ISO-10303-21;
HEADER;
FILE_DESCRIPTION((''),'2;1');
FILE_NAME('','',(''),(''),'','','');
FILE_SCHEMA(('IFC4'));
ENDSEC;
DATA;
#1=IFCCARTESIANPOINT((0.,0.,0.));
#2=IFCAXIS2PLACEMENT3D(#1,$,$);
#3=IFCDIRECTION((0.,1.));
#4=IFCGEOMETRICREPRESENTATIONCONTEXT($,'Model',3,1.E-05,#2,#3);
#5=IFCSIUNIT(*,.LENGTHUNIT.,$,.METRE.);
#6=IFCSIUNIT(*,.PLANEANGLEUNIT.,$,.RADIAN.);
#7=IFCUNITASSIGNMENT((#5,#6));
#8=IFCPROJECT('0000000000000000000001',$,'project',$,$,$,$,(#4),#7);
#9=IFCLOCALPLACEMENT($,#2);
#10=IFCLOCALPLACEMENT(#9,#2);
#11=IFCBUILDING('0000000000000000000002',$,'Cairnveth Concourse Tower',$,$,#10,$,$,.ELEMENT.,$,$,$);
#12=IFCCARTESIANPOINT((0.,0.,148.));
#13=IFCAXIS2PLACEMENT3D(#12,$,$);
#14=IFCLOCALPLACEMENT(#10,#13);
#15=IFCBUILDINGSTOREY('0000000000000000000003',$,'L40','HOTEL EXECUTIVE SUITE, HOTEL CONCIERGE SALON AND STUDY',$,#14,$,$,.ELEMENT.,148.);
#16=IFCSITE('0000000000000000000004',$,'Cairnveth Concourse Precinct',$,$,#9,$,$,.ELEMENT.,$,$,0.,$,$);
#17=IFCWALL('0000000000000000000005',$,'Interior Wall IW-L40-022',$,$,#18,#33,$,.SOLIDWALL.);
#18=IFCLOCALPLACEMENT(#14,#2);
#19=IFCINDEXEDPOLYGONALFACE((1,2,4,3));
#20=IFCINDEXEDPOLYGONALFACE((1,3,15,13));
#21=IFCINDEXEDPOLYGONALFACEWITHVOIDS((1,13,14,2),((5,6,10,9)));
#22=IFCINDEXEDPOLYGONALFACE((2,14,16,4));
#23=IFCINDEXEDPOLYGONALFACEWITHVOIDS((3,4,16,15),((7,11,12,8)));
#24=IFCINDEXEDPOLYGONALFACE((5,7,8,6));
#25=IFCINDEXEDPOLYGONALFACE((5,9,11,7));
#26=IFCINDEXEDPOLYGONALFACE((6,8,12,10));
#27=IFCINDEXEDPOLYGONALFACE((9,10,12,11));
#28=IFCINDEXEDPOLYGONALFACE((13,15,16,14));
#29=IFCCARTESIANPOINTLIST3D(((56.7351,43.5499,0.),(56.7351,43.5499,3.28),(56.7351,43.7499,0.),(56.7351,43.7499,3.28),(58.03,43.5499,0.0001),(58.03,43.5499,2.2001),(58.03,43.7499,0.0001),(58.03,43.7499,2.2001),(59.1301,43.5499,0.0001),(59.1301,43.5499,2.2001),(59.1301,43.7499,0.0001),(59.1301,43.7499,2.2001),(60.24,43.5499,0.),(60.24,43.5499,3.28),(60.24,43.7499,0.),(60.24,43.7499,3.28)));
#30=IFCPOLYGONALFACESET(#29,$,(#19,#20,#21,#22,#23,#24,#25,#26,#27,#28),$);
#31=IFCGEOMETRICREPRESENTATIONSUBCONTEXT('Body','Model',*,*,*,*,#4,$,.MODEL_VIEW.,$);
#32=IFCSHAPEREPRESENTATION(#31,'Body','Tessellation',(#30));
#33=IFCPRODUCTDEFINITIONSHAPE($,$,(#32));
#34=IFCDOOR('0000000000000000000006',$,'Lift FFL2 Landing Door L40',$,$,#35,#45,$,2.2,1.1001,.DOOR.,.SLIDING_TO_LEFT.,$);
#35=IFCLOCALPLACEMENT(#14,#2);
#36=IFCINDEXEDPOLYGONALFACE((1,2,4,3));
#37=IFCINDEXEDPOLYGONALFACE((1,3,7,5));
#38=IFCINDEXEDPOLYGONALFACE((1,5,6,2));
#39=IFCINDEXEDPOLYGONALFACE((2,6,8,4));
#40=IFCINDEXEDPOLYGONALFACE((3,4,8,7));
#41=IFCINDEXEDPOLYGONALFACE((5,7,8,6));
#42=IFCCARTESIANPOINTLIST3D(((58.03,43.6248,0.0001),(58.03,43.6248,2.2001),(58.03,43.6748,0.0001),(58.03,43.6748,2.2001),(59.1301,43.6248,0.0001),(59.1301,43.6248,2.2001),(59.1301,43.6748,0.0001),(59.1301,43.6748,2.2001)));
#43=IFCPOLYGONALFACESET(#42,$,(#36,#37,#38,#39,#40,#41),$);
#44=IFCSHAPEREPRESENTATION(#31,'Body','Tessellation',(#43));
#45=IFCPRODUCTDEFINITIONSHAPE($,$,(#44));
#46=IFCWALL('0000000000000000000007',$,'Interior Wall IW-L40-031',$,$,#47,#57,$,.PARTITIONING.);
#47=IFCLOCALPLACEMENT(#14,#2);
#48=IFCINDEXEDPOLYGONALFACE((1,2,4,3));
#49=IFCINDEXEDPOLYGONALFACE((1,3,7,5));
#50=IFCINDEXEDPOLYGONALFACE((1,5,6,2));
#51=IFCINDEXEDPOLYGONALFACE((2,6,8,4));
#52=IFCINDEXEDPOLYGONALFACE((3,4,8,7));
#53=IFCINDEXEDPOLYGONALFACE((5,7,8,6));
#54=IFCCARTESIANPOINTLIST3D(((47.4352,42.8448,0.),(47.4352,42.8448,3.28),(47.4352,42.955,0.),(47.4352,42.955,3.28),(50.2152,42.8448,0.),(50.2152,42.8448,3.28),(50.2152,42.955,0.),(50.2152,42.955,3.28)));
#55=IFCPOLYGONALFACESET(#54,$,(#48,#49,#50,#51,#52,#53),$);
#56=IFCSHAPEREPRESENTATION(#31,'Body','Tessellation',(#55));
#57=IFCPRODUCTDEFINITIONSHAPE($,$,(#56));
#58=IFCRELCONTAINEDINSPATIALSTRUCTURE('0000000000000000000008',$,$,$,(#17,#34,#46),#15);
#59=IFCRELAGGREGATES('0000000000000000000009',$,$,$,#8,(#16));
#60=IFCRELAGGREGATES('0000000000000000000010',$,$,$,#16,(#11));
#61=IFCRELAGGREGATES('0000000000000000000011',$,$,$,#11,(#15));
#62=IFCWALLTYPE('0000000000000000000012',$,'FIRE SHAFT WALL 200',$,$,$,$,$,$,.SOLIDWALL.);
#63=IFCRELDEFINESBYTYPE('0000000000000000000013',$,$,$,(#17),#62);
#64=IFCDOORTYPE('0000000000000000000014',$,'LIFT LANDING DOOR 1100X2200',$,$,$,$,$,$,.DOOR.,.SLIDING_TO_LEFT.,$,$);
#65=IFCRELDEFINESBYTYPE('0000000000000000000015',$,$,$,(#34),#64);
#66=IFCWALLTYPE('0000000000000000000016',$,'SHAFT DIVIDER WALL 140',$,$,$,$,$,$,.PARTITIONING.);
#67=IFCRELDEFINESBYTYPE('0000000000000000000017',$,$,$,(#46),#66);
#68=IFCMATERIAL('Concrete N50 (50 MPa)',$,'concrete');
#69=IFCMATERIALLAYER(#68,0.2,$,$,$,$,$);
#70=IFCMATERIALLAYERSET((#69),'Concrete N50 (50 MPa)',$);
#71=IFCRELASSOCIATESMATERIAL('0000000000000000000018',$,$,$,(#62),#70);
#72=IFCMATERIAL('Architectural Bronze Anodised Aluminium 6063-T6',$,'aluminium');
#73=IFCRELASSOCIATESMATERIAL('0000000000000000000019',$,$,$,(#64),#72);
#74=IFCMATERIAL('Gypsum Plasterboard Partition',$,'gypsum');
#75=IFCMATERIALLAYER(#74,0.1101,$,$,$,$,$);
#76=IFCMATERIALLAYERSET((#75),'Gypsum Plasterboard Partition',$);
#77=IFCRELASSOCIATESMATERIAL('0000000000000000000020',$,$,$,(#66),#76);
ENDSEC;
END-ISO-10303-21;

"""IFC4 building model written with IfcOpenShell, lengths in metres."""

from ifc_helpers import new_model, si_unit, direction, frame, frame_2d, origin, place, context, subcontext, project, spatial, rectangle, extrude, material, layer, layer_set, type_object, element, fill, save


model = new_model("IFC4")

# Units and contexts
model_context = context("Model", 3, precision=1e-05, world=origin(), true_north=direction((0.0, 1.0)))
body_context = subcontext(model_context, "Body", "Model", "MODEL_VIEW")
ifc_project = project(units=[si_unit("LENGTHUNIT", "METRE"), si_unit("PLANEANGLEUNIT", "RADIAN")], contexts=[model_context])

# Site, building, storey
site_placement = place(None, origin())
site = spatial("IfcSite", under=ifc_project, at=site_placement, Name="Cairnveth Concourse Precinct", CompositionType="ELEMENT", RefElevation=0.0)
building_placement = place(site_placement, origin())
building = spatial("IfcBuilding", under=site, at=building_placement, Name="Cairnveth Concourse Tower", CompositionType="ELEMENT")
storey_placement = place(building_placement, frame((0.0, 0.0, 148.0)))
storey = spatial("IfcBuildingStorey", under=building, at=storey_placement, Name="L40", Description="HOTEL EXECUTIVE SUITE, HOTEL CONCIERGE SALON AND STUDY", CompositionType="ELEMENT", Elevation=148.0)

# Shared definitions
ifc_material_1 = material(Name="Concrete N50 (50 MPa)", Category="concrete")

# Shared definitions
ifc_layer_1 = layer(ifc_material_1, 0.2)
ifc_layer_set_1 = layer_set([ifc_layer_1], Name="Concrete N50 (50 MPa)")
wall_type_1 = type_object("IfcWallType", Name="FIRE SHAFT WALL 200", PredefinedType="SOLIDWALL", material=ifc_layer_set_1)

# Wall, opening, door
wall_1_placement = place(storey_placement, frame((56.7351, 43.6499, 0.0), z_axis=(0.0, 0.0, 1.0), x_axis=(1.0, 0.0, 0.0)))
wall_1 = element("IfcWall", 1, at=wall_1_placement, inside=storey, type_object=wall_type_1, Name="Interior Wall IW-L40-022", PredefinedType="SOLIDWALL", context=body_context, shape_type="SweptSolid", body=[
    extrude(rectangle(XDim=3.5049, YDim=0.2, at=frame_2d((1.7524, 0.0))), origin(), (0.0, 0.0, 1.0), 3.28),
])
opening_1_placement = place(wall_1_placement, frame((1.2949, 0.0, 0.0)))
opening_1 = element("IfcOpeningElement", 2, at=opening_1_placement, cuts=wall_1, PredefinedType="OPENING", context=body_context, shape_type="SweptSolid", body=[
    extrude(rectangle(XDim=1.1001, YDim=2.2, at=frame_2d((0.55, 1.1001))), frame((0.0, 0.1099, 0.0), z_axis=(0.0, -1.0, 0.0), x_axis=(1.0, 0.0, 0.0)), (0.0, 0.0, 1.0), 0.22),
])
ifc_material_2 = material(Name="Architectural Bronze Anodised Aluminium 6063-T6", Category="aluminium")
door_type_1 = type_object("IfcDoorType", Name="LIFT LANDING DOOR 1100X2200", OperationType="SLIDING_TO_LEFT", PredefinedType="DOOR", material=ifc_material_2)
door_1_placement = place(opening_1_placement, origin())
door_1 = element("IfcDoor", 3, at=door_1_placement, inside=storey, type_object=door_type_1, Name="Lift FFL2 Landing Door L40", OperationType="SLIDING_TO_LEFT", OverallHeight=2.2, OverallWidth=1.1001, PredefinedType="DOOR", context=body_context, shape_type="SweptSolid", body=[
    extrude(rectangle(XDim=1.1001, YDim=2.2, at=frame_2d((0.55, 1.1001))), frame((0.0, 0.0249, 0.0), z_axis=(0.0, -1.0, 0.0), x_axis=(1.0, 0.0, 0.0)), (0.0, 0.0, 1.0), 0.05),
])
fill(opening_1, door_1)

# Wall
ifc_material_3 = material(Name="Gypsum Plasterboard Partition", Category="gypsum")
ifc_layer_2 = layer(ifc_material_3, 0.1101)
ifc_layer_set_2 = layer_set([ifc_layer_2], Name="Gypsum Plasterboard Partition")
wall_type_2 = type_object("IfcWallType", Name="SHAFT DIVIDER WALL 140", PredefinedType="PARTITIONING", material=ifc_layer_set_2)
wall_2_placement = place(storey_placement, frame((47.4351, 42.8999, 0.0), z_axis=(0.0, 0.0, 1.0), x_axis=(1.0, 0.0, 0.0)))
element("IfcWall", 4, at=wall_2_placement, inside=storey, type_object=wall_type_2, Name="Interior Wall IW-L40-031", PredefinedType="PARTITIONING", context=body_context, shape_type="SweptSolid", body=[
    extrude(rectangle(XDim=2.78, YDim=0.1101, at=frame_2d((1.3901, 0.0))), origin(), (0.0, 0.0, 1.0), 3.28),
])

save(model, "model.ifc")
